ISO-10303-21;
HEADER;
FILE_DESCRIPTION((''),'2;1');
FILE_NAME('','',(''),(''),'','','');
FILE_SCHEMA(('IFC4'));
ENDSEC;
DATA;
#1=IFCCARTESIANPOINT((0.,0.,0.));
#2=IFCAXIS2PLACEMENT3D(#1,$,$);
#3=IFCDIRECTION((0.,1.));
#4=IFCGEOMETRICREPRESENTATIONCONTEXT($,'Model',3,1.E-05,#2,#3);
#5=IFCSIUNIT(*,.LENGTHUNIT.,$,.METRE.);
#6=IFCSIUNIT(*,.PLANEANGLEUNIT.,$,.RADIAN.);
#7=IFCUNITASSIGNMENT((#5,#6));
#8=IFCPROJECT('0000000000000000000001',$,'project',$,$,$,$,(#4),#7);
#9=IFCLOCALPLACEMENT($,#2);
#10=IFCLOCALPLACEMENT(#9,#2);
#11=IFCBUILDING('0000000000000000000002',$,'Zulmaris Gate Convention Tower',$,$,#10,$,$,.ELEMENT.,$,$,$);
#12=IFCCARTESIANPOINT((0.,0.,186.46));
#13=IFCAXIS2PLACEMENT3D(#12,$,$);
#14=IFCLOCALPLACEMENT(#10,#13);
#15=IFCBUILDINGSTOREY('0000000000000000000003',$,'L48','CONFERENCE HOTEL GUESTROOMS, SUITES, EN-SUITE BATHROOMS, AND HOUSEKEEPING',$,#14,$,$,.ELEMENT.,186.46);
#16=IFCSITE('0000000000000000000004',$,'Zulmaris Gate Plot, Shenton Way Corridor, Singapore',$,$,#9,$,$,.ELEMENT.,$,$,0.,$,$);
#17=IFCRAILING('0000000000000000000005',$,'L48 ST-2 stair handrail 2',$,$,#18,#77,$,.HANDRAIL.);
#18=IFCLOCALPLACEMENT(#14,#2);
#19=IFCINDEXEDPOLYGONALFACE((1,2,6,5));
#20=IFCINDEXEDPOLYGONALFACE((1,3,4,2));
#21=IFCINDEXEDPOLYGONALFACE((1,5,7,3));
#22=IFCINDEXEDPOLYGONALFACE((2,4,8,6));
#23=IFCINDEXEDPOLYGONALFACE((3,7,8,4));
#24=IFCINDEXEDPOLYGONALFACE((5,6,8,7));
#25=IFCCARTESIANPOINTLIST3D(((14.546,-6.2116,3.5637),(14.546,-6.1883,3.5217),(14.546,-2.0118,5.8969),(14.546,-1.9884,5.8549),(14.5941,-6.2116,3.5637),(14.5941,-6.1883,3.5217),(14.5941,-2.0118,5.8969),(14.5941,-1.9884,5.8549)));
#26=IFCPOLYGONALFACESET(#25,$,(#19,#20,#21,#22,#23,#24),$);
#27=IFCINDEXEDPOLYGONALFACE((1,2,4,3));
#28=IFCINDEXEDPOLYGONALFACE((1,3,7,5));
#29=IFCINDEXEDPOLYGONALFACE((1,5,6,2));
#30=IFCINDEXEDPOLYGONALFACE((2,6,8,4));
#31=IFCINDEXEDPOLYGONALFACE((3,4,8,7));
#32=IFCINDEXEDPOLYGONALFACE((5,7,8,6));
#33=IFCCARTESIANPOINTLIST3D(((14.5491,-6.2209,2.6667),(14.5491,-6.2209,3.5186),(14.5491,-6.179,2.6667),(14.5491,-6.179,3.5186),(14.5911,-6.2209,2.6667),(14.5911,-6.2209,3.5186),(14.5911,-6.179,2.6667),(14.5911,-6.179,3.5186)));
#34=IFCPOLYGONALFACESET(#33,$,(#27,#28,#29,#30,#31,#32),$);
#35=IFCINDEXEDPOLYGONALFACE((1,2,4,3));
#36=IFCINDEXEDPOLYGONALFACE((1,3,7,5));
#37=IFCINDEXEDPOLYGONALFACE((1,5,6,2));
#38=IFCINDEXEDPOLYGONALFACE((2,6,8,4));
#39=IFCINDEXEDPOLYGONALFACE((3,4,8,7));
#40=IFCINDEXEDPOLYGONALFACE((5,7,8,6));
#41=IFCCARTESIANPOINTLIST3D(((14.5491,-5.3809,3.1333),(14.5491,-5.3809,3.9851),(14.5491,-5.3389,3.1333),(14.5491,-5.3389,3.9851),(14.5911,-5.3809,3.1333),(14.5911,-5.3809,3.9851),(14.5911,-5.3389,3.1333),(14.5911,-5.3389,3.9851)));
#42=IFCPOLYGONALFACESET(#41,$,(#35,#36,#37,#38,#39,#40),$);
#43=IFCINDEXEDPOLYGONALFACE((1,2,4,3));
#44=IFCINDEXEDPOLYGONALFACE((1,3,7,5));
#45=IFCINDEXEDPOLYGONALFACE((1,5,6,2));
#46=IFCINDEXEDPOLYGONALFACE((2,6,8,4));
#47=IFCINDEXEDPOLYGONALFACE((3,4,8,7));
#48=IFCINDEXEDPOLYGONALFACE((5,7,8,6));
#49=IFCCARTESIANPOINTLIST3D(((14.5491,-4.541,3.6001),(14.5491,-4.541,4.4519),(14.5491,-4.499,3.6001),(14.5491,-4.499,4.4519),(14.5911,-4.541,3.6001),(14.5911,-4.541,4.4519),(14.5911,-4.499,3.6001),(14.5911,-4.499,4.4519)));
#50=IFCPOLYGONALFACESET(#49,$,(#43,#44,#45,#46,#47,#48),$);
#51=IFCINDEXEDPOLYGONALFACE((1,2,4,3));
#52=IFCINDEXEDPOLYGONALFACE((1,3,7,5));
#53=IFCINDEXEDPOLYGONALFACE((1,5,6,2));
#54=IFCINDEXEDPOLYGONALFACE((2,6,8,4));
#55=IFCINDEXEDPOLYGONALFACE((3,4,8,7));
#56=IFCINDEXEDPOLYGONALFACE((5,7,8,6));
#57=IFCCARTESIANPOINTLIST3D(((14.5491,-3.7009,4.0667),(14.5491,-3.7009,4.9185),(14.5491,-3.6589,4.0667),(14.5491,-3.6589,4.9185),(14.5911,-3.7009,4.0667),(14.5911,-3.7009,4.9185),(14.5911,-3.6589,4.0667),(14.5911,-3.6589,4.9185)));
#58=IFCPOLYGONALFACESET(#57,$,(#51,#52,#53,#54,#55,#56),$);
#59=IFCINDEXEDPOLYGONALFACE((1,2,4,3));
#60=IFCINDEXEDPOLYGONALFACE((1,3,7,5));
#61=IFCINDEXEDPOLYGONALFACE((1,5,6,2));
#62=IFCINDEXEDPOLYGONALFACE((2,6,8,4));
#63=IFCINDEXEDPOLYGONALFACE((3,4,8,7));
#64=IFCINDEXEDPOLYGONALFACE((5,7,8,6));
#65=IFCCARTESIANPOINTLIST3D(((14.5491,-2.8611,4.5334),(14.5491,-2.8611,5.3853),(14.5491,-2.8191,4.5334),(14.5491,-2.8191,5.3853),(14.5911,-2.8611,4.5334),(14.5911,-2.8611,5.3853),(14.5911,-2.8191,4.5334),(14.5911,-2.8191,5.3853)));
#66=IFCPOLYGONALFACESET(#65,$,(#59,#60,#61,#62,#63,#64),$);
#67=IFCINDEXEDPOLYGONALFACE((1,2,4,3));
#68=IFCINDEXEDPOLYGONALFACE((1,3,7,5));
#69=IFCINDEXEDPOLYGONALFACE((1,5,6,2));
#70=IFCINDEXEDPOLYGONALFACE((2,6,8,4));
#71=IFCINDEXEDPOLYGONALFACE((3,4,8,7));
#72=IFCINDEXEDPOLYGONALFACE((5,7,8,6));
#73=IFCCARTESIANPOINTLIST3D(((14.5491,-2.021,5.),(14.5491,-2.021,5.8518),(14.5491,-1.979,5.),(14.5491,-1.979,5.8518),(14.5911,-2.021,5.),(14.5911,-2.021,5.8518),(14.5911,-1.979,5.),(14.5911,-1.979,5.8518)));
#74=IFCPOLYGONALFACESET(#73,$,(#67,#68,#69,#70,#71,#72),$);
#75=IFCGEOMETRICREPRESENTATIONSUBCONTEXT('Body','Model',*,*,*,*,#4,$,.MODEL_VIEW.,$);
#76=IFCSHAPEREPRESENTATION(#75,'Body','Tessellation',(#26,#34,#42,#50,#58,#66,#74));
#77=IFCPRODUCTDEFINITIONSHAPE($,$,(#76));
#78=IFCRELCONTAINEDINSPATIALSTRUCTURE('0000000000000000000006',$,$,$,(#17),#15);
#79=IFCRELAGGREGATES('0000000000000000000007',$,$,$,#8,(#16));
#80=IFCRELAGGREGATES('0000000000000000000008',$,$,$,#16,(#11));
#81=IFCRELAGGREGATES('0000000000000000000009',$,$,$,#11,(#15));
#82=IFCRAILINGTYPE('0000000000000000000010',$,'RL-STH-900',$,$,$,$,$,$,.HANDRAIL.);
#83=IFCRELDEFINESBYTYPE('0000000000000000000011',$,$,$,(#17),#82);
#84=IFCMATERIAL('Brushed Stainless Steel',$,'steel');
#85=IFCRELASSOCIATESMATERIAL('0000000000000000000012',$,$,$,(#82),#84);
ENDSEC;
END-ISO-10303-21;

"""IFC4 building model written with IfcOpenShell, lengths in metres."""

from ifc_helpers import new_model, si_unit, direction, frame, origin, origin_2d, place, context, subcontext, project, spatial, rectangle, extrude, material, type_object, element, save


model = new_model("IFC4")

# Units and contexts
model_context = context("Model", 3, precision=1e-05, world=origin(), true_north=direction((0.0, 1.0)))
body_context = subcontext(model_context, "Body", "Model", "MODEL_VIEW")
ifc_project = project(units=[si_unit("LENGTHUNIT", "METRE"), si_unit("PLANEANGLEUNIT", "RADIAN")], contexts=[model_context])

# Site, building, storey
site_placement = place(None, origin())
site = spatial("IfcSite", under=ifc_project, at=site_placement, Name="Zulmaris Gate Plot, Shenton Way Corridor, Singapore", CompositionType="ELEMENT", RefElevation=0.0)
building_placement = place(site_placement, origin())
building = spatial("IfcBuilding", under=site, at=building_placement, Name="Zulmaris Gate Convention Tower", CompositionType="ELEMENT")
storey_placement = place(building_placement, frame((0.0, 0.0, 186.46)))
storey = spatial("IfcBuildingStorey", under=building, at=storey_placement, Name="L48", Description="CONFERENCE HOTEL GUESTROOMS, SUITES, EN-SUITE BATHROOMS, AND HOUSEKEEPING", CompositionType="ELEMENT", Elevation=186.46)

# Railing
ifc_material_1 = material(Name="Brushed Stainless Steel", Category="steel")
railing_type_1 = type_object("IfcRailingType", Name="RL-STH-900", PredefinedType="HANDRAIL", material=ifc_material_1)
railing_1_placement = place(storey_placement, frame((14.5701, -6.2, 2.6667)))
element("IfcRailing", 1, at=railing_1_placement, inside=storey, type_object=railing_type_1, Name="L48 ST-2 stair handrail 2", PredefinedType="HANDRAIL", context=body_context, shape_type="SweptSolid", body=[
    extrude(rectangle(XDim=0.0481, YDim=0.0481, at=origin_2d()), frame((0.0, 0.0, 0.876), z_axis=(0.0, 0.874162, 0.485634), x_axis=(-1.0, 0.0, 0.0)), (0.0, 0.0, 1.0), 4.8044),
    extrude(rectangle(XDim=0.042, YDim=0.042, at=origin_2d()), origin(), (0.0, 0.0, 1.0), 0.8518),
    extrude(rectangle(XDim=0.042, YDim=0.042, at=origin_2d()), frame((0.0, 0.8401, 0.4666)), (0.0, 0.0, 1.0), 0.8518),
    extrude(rectangle(XDim=0.042, YDim=0.042, at=origin_2d()), frame((0.0, 1.6799, 0.9333)), (0.0, 0.0, 1.0), 0.8518),
    extrude(rectangle(XDim=0.042, YDim=0.042, at=origin_2d()), frame((0.0, 2.52, 1.3999)), (0.0, 0.0, 1.0), 0.8518),
    extrude(rectangle(XDim=0.042, YDim=0.042, at=origin_2d()), frame((0.0, 3.3599, 1.8667)), (0.0, 0.0, 1.0), 0.8518),
    extrude(rectangle(XDim=0.042, YDim=0.042, at=origin_2d()), frame((0.0, 4.2, 2.3333)), (0.0, 0.0, 1.0), 0.8518),
])

save(model, "model.ifc")
